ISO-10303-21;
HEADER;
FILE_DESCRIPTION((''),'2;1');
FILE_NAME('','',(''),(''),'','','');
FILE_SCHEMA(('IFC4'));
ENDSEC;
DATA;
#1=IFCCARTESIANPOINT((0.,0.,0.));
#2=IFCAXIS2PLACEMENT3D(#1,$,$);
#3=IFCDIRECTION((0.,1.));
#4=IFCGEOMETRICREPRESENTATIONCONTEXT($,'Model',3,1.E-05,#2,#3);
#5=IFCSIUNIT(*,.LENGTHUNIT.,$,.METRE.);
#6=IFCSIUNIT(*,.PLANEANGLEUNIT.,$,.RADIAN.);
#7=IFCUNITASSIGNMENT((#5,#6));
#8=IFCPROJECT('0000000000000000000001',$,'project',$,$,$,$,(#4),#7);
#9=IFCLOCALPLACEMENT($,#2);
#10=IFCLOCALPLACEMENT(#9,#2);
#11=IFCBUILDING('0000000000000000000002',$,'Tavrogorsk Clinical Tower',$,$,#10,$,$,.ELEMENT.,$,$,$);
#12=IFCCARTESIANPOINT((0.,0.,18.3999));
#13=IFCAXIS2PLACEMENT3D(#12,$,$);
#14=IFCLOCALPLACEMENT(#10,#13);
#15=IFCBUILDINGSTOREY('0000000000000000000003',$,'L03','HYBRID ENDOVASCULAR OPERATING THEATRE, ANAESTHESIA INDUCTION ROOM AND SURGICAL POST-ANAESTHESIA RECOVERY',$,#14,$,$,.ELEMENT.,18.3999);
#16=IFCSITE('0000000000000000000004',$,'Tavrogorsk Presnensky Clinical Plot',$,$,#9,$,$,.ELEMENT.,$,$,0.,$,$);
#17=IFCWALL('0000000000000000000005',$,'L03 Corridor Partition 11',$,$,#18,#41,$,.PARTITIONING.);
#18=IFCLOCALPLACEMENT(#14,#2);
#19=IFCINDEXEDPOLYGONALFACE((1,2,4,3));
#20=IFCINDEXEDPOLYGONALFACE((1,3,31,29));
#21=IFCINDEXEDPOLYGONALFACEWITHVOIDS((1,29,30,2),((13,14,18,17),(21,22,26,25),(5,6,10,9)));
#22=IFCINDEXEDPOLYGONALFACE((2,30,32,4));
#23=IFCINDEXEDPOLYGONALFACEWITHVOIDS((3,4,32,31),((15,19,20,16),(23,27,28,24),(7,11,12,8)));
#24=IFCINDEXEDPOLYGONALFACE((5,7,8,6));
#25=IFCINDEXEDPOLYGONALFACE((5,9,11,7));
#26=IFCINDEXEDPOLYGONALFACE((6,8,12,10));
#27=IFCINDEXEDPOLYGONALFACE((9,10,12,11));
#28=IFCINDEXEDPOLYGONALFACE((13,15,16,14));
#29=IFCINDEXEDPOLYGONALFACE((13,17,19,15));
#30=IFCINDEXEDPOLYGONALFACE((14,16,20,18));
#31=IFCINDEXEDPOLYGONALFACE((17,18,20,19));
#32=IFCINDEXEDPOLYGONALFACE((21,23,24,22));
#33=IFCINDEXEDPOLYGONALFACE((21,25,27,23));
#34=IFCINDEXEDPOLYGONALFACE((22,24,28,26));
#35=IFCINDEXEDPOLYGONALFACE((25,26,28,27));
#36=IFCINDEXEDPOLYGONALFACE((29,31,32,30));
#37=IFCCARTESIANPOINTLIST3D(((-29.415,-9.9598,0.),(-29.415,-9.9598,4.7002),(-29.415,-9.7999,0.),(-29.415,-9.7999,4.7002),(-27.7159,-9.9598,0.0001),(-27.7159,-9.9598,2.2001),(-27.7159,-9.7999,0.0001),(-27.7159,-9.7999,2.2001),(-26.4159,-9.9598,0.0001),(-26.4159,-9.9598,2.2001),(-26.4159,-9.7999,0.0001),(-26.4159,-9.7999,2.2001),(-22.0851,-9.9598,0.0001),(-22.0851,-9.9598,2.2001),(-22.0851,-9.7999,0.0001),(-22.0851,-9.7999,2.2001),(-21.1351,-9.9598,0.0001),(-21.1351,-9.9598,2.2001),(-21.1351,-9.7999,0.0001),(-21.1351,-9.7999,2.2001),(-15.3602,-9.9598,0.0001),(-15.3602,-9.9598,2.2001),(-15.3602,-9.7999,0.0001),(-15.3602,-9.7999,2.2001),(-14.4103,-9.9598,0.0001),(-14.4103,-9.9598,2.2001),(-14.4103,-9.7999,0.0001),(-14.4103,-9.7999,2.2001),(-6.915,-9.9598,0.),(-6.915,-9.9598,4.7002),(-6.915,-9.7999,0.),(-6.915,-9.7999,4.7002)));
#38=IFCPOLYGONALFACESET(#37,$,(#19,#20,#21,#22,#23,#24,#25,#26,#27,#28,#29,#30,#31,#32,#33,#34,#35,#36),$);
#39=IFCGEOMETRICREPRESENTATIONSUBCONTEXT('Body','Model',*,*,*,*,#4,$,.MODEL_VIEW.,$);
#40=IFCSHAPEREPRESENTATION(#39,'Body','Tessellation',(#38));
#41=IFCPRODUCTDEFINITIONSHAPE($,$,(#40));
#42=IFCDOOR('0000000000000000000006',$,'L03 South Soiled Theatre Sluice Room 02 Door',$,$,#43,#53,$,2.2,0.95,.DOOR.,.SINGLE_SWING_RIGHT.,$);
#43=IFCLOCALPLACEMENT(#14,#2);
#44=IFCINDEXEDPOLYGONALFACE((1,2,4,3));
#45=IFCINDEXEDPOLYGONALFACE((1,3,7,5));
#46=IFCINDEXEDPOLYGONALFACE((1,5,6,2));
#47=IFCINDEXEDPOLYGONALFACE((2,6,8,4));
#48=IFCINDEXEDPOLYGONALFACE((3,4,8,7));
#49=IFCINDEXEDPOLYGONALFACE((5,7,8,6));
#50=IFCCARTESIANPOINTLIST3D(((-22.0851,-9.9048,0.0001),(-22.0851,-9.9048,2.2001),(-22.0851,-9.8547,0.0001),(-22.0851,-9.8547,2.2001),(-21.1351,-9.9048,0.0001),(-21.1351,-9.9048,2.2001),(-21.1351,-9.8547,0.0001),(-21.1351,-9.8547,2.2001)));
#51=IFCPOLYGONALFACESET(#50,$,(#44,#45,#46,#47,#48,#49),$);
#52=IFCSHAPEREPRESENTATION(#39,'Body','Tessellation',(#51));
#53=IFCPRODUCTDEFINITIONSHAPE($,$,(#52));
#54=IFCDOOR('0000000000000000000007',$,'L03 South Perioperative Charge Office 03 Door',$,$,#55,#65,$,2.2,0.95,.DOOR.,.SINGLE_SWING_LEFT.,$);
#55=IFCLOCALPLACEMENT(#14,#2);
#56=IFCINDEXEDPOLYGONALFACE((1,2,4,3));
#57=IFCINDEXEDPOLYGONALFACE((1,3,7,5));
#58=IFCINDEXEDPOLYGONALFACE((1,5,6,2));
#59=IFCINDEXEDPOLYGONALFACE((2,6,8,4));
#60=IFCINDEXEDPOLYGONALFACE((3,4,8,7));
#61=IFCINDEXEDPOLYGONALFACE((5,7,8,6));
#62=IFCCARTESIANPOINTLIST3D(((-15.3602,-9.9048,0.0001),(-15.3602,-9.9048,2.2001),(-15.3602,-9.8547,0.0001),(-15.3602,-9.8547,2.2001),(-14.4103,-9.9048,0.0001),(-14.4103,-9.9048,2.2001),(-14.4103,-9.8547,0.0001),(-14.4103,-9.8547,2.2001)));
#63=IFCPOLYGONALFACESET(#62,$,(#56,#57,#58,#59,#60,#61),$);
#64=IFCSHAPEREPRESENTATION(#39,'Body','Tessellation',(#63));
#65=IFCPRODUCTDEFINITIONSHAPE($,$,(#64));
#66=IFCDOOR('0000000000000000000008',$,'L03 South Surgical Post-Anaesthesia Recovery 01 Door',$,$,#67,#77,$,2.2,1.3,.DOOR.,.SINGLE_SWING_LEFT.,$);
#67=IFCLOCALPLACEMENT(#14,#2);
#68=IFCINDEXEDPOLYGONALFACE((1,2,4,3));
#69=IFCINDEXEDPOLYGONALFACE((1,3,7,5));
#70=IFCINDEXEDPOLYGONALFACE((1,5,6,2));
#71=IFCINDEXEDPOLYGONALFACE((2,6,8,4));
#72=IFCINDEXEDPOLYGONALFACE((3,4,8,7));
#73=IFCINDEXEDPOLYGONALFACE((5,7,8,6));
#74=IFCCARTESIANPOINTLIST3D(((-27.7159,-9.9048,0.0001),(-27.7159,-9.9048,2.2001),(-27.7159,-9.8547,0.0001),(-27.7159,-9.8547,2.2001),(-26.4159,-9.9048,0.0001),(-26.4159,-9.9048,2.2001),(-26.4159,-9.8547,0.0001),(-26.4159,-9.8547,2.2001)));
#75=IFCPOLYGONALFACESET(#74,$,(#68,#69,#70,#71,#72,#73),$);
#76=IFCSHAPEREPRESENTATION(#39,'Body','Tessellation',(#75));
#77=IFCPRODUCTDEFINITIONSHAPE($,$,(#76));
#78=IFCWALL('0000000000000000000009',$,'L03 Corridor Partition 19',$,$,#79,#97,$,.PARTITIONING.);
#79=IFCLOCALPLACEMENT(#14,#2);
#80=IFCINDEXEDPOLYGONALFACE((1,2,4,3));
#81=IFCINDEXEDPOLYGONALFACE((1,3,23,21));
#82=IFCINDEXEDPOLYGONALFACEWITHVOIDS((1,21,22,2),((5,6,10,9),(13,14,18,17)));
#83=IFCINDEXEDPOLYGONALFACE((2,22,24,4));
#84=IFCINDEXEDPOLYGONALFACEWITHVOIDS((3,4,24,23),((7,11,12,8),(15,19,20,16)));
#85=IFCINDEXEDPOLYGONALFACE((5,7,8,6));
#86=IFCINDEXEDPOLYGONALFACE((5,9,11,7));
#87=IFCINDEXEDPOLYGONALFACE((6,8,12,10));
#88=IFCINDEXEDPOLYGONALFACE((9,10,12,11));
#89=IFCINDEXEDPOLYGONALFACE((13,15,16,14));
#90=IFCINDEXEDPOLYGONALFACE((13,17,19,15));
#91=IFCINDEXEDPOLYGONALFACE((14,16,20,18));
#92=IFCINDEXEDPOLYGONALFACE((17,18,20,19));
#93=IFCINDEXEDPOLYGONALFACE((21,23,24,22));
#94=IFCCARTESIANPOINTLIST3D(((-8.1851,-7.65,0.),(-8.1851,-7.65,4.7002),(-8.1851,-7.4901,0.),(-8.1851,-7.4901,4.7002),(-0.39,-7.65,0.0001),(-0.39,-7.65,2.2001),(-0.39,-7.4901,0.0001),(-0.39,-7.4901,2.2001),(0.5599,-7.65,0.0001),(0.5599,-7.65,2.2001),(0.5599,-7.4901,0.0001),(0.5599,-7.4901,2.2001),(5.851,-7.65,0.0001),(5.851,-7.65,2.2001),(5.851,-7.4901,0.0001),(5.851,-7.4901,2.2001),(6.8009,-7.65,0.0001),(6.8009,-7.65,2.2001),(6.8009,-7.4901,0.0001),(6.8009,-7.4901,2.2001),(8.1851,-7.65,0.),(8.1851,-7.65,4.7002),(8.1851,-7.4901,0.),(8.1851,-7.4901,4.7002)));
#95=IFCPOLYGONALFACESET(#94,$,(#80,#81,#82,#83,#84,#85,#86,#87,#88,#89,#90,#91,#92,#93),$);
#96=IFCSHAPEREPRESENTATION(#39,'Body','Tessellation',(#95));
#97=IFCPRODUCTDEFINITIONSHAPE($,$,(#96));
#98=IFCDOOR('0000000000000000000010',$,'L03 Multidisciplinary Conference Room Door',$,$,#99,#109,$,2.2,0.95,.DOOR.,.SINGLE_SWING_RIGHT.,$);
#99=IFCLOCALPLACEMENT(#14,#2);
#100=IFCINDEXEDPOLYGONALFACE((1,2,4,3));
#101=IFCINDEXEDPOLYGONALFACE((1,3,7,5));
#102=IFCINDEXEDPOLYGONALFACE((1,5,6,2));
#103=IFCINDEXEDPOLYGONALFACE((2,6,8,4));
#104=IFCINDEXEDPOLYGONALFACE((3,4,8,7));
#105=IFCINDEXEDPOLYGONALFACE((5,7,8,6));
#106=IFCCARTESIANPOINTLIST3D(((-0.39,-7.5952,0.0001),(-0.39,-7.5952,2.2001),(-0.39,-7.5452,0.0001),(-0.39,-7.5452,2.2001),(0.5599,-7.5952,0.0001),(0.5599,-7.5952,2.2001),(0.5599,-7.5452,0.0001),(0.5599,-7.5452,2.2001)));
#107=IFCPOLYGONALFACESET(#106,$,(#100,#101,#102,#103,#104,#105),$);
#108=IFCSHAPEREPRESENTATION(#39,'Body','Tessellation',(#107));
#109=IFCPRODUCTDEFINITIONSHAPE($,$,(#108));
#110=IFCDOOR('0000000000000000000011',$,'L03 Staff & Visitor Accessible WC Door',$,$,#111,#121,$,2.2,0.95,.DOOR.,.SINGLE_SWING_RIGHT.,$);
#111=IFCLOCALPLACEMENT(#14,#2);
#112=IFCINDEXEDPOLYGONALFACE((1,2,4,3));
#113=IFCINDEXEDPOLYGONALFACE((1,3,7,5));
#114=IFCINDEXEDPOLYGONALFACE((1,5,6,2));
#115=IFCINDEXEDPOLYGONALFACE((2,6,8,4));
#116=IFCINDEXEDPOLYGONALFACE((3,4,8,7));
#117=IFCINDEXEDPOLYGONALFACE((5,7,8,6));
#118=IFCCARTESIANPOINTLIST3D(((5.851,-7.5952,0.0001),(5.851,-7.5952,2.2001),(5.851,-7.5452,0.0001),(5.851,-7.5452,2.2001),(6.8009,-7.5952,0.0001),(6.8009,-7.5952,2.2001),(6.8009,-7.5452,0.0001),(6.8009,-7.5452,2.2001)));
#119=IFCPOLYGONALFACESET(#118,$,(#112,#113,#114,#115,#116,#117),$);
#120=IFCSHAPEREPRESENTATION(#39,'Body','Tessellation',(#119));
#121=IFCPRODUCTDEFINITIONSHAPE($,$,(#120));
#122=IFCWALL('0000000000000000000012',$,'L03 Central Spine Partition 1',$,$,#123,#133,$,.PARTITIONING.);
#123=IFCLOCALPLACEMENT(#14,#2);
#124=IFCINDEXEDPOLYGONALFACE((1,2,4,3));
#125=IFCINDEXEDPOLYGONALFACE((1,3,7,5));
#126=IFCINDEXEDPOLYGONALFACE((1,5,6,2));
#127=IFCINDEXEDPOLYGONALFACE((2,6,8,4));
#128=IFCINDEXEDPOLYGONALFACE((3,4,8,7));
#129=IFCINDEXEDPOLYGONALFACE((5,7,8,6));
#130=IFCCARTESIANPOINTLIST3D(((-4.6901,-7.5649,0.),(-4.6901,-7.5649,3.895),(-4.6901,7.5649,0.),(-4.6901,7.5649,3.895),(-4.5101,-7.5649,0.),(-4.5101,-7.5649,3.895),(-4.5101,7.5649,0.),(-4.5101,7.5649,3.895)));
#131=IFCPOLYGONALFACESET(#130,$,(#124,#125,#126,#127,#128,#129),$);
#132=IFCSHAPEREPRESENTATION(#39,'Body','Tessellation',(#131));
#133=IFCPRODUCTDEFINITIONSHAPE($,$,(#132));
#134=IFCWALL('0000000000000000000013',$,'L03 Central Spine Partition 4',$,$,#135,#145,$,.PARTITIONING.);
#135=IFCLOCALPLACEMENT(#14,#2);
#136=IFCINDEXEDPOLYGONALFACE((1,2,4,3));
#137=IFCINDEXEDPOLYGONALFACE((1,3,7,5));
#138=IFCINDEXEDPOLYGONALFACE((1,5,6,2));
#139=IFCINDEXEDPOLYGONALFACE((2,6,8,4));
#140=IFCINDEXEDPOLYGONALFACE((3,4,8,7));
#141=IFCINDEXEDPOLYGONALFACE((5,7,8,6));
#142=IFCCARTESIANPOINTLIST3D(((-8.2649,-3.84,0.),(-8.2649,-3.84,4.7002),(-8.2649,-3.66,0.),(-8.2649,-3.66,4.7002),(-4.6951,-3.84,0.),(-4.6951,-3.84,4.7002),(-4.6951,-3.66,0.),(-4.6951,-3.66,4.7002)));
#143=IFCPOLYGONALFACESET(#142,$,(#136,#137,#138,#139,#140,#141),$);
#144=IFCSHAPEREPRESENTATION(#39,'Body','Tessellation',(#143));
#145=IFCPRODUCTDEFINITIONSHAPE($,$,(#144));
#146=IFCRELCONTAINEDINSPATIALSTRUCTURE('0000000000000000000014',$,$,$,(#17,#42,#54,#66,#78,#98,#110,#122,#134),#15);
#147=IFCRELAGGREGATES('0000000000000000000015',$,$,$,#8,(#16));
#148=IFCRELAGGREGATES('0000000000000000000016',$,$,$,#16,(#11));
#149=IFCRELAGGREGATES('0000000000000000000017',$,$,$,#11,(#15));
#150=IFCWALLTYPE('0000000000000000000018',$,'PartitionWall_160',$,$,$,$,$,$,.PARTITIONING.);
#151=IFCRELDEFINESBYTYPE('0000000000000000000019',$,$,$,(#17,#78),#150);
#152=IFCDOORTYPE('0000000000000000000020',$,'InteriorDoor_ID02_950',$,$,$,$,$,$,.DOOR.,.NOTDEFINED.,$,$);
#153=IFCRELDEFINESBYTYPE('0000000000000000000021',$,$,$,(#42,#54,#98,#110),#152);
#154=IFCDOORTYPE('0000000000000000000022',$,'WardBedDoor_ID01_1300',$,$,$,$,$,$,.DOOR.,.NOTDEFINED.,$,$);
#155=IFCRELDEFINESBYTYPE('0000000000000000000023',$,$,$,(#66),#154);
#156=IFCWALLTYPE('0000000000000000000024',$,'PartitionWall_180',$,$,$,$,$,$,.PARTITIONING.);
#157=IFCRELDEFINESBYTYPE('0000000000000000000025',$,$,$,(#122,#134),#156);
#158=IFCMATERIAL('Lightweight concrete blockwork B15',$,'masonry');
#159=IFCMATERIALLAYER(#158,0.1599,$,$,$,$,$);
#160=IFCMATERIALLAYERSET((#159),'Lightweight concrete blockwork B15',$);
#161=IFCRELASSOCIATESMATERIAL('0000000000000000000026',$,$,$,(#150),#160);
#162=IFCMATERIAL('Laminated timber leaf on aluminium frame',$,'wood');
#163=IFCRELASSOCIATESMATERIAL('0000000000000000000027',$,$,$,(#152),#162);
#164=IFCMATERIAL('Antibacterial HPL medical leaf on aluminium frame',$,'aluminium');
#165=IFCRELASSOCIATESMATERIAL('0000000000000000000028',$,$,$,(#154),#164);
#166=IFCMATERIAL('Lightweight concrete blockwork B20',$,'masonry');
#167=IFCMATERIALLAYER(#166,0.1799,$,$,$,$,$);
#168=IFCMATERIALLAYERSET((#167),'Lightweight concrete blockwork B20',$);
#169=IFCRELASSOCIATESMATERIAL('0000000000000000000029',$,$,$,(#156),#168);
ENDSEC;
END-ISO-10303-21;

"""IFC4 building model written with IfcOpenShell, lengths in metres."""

from ifc_helpers import new_model, si_unit, direction, frame, frame_2d, origin, place, context, subcontext, project, spatial, rectangle, extrude, material, layer, layer_set, type_object, element, fill, save


model = new_model("IFC4")

# Units and contexts
model_context = context("Model", 3, precision=1e-05, world=origin(), true_north=direction((0.0, 1.0)))
body_context = subcontext(model_context, "Body", "Model", "MODEL_VIEW")
ifc_project = project(units=[si_unit("LENGTHUNIT", "METRE"), si_unit("PLANEANGLEUNIT", "RADIAN")], contexts=[model_context])

# Site, building, storey
site_placement = place(None, origin())
site = spatial("IfcSite", under=ifc_project, at=site_placement, Name="Tavrogorsk Presnensky Clinical Plot", CompositionType="ELEMENT", RefElevation=0.0)
building_placement = place(site_placement, origin())
building = spatial("IfcBuilding", under=site, at=building_placement, Name="Tavrogorsk Clinical Tower", CompositionType="ELEMENT")
storey_placement = place(building_placement, frame((0.0, 0.0, 18.3999)))
storey = spatial("IfcBuildingStorey", under=building, at=storey_placement, Name="L03", Description="HYBRID ENDOVASCULAR OPERATING THEATRE, ANAESTHESIA INDUCTION ROOM AND SURGICAL POST-ANAESTHESIA RECOVERY", CompositionType="ELEMENT", Elevation=18.3999)

# Walls, openings, doors
ifc_material_1 = material(Name="Lightweight concrete blockwork B15", Category="masonry")
ifc_layer_1 = layer(ifc_material_1, 0.1599)
ifc_layer_set_1 = layer_set([ifc_layer_1], Name="Lightweight concrete blockwork B15")
wall_type_1 = type_object("IfcWallType", Name="PartitionWall_160", PredefinedType="PARTITIONING", material=ifc_layer_set_1)
wall_1_placement = place(storey_placement, frame((-6.915, -9.8799, 0.0), z_axis=(0.0, 0.0, 1.0), x_axis=(-1.0, 0.0, 0.0)))
wall_1 = element("IfcWall", 1, at=wall_1_placement, inside=storey, type_object=wall_type_1, Name="L03 Corridor Partition 11", PredefinedType="PARTITIONING", context=body_context, shape_type="SweptSolid", body=[
    extrude(rectangle(XDim=22.5, YDim=0.1599, at=frame_2d((11.25, 0.0))), origin(), (0.0, 0.0, 1.0), 4.7002),
])
opening_1_placement = place(wall_1_placement, frame((19.501, 0.0, 0.0)))
opening_1 = element("IfcOpeningElement", 2, at=opening_1_placement, cuts=wall_1, PredefinedType="OPENING", context=body_context, shape_type="SweptSolid", body=[
    extrude(rectangle(XDim=1.3, YDim=2.2, at=frame_2d((0.6499, 1.1001))), frame((0.0, 0.0898, 0.0), z_axis=(0.0, -1.0, 0.0), x_axis=(1.0, 0.0, 0.0)), (0.0, 0.0, 1.0), 0.1799),
])
opening_2_placement = place(wall_1_placement, frame((14.22, 0.0, 0.0)))
opening_2 = element("IfcOpeningElement", 3, at=opening_2_placement, cuts=wall_1, PredefinedType="OPENING", context=body_context, shape_type="SweptSolid", body=[
    extrude(rectangle(XDim=0.95, YDim=2.2, at=frame_2d((0.4751, 1.1001))), frame((0.0, 0.0898, 0.0), z_axis=(0.0, -1.0, 0.0), x_axis=(1.0, 0.0, 0.0)), (0.0, 0.0, 1.0), 0.1799),
])
opening_3_placement = place(wall_1_placement, frame((7.4951, 0.0, 0.0)))
opening_3 = element("IfcOpeningElement", 4, at=opening_3_placement, cuts=wall_1, PredefinedType="OPENING", context=body_context, shape_type="SweptSolid", body=[
    extrude(rectangle(XDim=0.95, YDim=2.2, at=frame_2d((0.4751, 1.1001))), frame((0.0, 0.0898, 0.0), z_axis=(0.0, -1.0, 0.0), x_axis=(1.0, 0.0, 0.0)), (0.0, 0.0, 1.0), 0.1799),
])
ifc_material_2 = material(Name="Laminated timber leaf on aluminium frame", Category="wood")
door_type_1 = type_object("IfcDoorType", Name="InteriorDoor_ID02_950", OperationType="NOTDEFINED", PredefinedType="DOOR", material=ifc_material_2)
door_1_placement = place(opening_2_placement, origin())
door_1 = element("IfcDoor", 5, at=door_1_placement, inside=storey, type_object=door_type_1, Name="L03 South Soiled Theatre Sluice Room 02 Door", OperationType="SINGLE_SWING_RIGHT", OverallHeight=2.2, OverallWidth=0.95, PredefinedType="DOOR", context=body_context, shape_type="SweptSolid", body=[
    extrude(rectangle(XDim=0.95, YDim=2.2, at=frame_2d((0.4751, 1.1001))), frame((0.0, 0.0249, 0.0), z_axis=(0.0, -1.0, 0.0), x_axis=(1.0, 0.0, 0.0)), (0.0, 0.0, 1.0), 0.05),
])
fill(opening_2, door_1)
door_2_placement = place(opening_3_placement, origin())
door_2 = element("IfcDoor", 6, at=door_2_placement, inside=storey, type_object=door_type_1, Name="L03 South Perioperative Charge Office 03 Door", OperationType="SINGLE_SWING_LEFT", OverallHeight=2.2, OverallWidth=0.95, PredefinedType="DOOR", context=body_context, shape_type="SweptSolid", body=[
    extrude(rectangle(XDim=0.95, YDim=2.2, at=frame_2d((0.4751, 1.1001))), frame((0.0, 0.0249, 0.0), z_axis=(0.0, -1.0, 0.0), x_axis=(1.0, 0.0, 0.0)), (0.0, 0.0, 1.0), 0.05),
])
fill(opening_3, door_2)
ifc_material_3 = material(Name="Antibacterial HPL medical leaf on aluminium frame", Category="aluminium")
door_type_2 = type_object("IfcDoorType", Name="WardBedDoor_ID01_1300", OperationType="NOTDEFINED", PredefinedType="DOOR", material=ifc_material_3)
door_3_placement = place(opening_1_placement, origin())
door_3 = element("IfcDoor", 7, at=door_3_placement, inside=storey, type_object=door_type_2, Name="L03 South Surgical Post-Anaesthesia Recovery 01 Door", OperationType="SINGLE_SWING_LEFT", OverallHeight=2.2, OverallWidth=1.3, PredefinedType="DOOR", context=body_context, shape_type="SweptSolid", body=[
    extrude(rectangle(XDim=1.3, YDim=2.2, at=frame_2d((0.6499, 1.1001))), frame((0.0, 0.0249, 0.0), z_axis=(0.0, -1.0, 0.0), x_axis=(1.0, 0.0, 0.0)), (0.0, 0.0, 1.0), 0.05),
])
fill(opening_1, door_3)
wall_2_placement = place(storey_placement, frame((-8.1851, -7.5701, 0.0), z_axis=(0.0, 0.0, 1.0), x_axis=(1.0, 0.0, 0.0)))
wall_2 = element("IfcWall", 8, at=wall_2_placement, inside=storey, type_object=wall_type_1, Name="L03 Corridor Partition 19", PredefinedType="PARTITIONING", context=body_context, shape_type="SweptSolid", body=[
    extrude(rectangle(XDim=16.3701, YDim=0.1599, at=frame_2d((8.1851, 0.0))), origin(), (0.0, 0.0, 1.0), 4.7002),
])
opening_4_placement = place(wall_2_placement, frame((7.7949, 0.0, 0.0)))
opening_4 = element("IfcOpeningElement", 9, at=opening_4_placement, cuts=wall_2, PredefinedType="OPENING", context=body_context, shape_type="SweptSolid", body=[
    extrude(rectangle(XDim=0.95, YDim=2.2, at=frame_2d((0.4751, 1.1001))), frame((0.0, 0.0898, 0.0), z_axis=(0.0, -1.0, 0.0), x_axis=(1.0, 0.0, 0.0)), (0.0, 0.0, 1.0), 0.1799),
])
opening_5_placement = place(wall_2_placement, frame((14.0359, 0.0, 0.0)))
opening_5 = element("IfcOpeningElement", 10, at=opening_5_placement, cuts=wall_2, PredefinedType="OPENING", context=body_context, shape_type="SweptSolid", body=[
    extrude(rectangle(XDim=0.95, YDim=2.2, at=frame_2d((0.4751, 1.1001))), frame((0.0, 0.0898, 0.0), z_axis=(0.0, -1.0, 0.0), x_axis=(1.0, 0.0, 0.0)), (0.0, 0.0, 1.0), 0.1799),
])
door_4_placement = place(opening_4_placement, origin())
door_4 = element("IfcDoor", 11, at=door_4_placement, inside=storey, type_object=door_type_1, Name="L03 Multidisciplinary Conference Room Door", OperationType="SINGLE_SWING_RIGHT", OverallHeight=2.2, OverallWidth=0.95, PredefinedType="DOOR", context=body_context, shape_type="SweptSolid", body=[
    extrude(rectangle(XDim=0.95, YDim=2.2, at=frame_2d((0.4751, 1.1001))), frame((0.0, 0.0249, 0.0), z_axis=(0.0, -1.0, 0.0), x_axis=(1.0, 0.0, 0.0)), (0.0, 0.0, 1.0), 0.05),
])
fill(opening_4, door_4)
door_5_placement = place(opening_5_placement, origin())
door_5 = element("IfcDoor", 12, at=door_5_placement, inside=storey, type_object=door_type_1, Name="L03 Staff & Visitor Accessible WC Door", OperationType="SINGLE_SWING_RIGHT", OverallHeight=2.2, OverallWidth=0.95, PredefinedType="DOOR", context=body_context, shape_type="SweptSolid", body=[
    extrude(rectangle(XDim=0.95, YDim=2.2, at=frame_2d((0.4751, 1.1001))), frame((0.0, 0.0249, 0.0), z_axis=(0.0, -1.0, 0.0), x_axis=(1.0, 0.0, 0.0)), (0.0, 0.0, 1.0), 0.05),
])
fill(opening_5, door_5)

# Walls
ifc_material_4 = material(Name="Lightweight concrete blockwork B20", Category="masonry")
ifc_layer_2 = layer(ifc_material_4, 0.1799)
ifc_layer_set_2 = layer_set([ifc_layer_2], Name="Lightweight concrete blockwork B20")
wall_type_2 = type_object("IfcWallType", Name="PartitionWall_180", PredefinedType="PARTITIONING", material=ifc_layer_set_2)
wall_3_placement = place(storey_placement, frame((-4.6001, -7.5649, 0.0), z_axis=(0.0, 0.0, 1.0), x_axis=(0.0, 1.0, 0.0)))
element("IfcWall", 13, at=wall_3_placement, inside=storey, type_object=wall_type_2, Name="L03 Central Spine Partition 1", PredefinedType="PARTITIONING", context=body_context, shape_type="SweptSolid", body=[
    extrude(rectangle(XDim=15.1299, YDim=0.1799, at=frame_2d((7.5649, 0.0))), origin(), (0.0, 0.0, 1.0), 3.895),
])
wall_4_placement = place(storey_placement, frame((-8.2649, -3.75, 0.0), z_axis=(0.0, 0.0, 1.0), x_axis=(1.0, 0.0, 0.0)))
element("IfcWall", 14, at=wall_4_placement, inside=storey, type_object=wall_type_2, Name="L03 Central Spine Partition 4", PredefinedType="PARTITIONING", context=body_context, shape_type="SweptSolid", body=[
    extrude(rectangle(XDim=3.5698, YDim=0.1799, at=frame_2d((1.7849, 0.0))), origin(), (0.0, 0.0, 1.0), 4.7002),
])

save(model, "model.ifc")
